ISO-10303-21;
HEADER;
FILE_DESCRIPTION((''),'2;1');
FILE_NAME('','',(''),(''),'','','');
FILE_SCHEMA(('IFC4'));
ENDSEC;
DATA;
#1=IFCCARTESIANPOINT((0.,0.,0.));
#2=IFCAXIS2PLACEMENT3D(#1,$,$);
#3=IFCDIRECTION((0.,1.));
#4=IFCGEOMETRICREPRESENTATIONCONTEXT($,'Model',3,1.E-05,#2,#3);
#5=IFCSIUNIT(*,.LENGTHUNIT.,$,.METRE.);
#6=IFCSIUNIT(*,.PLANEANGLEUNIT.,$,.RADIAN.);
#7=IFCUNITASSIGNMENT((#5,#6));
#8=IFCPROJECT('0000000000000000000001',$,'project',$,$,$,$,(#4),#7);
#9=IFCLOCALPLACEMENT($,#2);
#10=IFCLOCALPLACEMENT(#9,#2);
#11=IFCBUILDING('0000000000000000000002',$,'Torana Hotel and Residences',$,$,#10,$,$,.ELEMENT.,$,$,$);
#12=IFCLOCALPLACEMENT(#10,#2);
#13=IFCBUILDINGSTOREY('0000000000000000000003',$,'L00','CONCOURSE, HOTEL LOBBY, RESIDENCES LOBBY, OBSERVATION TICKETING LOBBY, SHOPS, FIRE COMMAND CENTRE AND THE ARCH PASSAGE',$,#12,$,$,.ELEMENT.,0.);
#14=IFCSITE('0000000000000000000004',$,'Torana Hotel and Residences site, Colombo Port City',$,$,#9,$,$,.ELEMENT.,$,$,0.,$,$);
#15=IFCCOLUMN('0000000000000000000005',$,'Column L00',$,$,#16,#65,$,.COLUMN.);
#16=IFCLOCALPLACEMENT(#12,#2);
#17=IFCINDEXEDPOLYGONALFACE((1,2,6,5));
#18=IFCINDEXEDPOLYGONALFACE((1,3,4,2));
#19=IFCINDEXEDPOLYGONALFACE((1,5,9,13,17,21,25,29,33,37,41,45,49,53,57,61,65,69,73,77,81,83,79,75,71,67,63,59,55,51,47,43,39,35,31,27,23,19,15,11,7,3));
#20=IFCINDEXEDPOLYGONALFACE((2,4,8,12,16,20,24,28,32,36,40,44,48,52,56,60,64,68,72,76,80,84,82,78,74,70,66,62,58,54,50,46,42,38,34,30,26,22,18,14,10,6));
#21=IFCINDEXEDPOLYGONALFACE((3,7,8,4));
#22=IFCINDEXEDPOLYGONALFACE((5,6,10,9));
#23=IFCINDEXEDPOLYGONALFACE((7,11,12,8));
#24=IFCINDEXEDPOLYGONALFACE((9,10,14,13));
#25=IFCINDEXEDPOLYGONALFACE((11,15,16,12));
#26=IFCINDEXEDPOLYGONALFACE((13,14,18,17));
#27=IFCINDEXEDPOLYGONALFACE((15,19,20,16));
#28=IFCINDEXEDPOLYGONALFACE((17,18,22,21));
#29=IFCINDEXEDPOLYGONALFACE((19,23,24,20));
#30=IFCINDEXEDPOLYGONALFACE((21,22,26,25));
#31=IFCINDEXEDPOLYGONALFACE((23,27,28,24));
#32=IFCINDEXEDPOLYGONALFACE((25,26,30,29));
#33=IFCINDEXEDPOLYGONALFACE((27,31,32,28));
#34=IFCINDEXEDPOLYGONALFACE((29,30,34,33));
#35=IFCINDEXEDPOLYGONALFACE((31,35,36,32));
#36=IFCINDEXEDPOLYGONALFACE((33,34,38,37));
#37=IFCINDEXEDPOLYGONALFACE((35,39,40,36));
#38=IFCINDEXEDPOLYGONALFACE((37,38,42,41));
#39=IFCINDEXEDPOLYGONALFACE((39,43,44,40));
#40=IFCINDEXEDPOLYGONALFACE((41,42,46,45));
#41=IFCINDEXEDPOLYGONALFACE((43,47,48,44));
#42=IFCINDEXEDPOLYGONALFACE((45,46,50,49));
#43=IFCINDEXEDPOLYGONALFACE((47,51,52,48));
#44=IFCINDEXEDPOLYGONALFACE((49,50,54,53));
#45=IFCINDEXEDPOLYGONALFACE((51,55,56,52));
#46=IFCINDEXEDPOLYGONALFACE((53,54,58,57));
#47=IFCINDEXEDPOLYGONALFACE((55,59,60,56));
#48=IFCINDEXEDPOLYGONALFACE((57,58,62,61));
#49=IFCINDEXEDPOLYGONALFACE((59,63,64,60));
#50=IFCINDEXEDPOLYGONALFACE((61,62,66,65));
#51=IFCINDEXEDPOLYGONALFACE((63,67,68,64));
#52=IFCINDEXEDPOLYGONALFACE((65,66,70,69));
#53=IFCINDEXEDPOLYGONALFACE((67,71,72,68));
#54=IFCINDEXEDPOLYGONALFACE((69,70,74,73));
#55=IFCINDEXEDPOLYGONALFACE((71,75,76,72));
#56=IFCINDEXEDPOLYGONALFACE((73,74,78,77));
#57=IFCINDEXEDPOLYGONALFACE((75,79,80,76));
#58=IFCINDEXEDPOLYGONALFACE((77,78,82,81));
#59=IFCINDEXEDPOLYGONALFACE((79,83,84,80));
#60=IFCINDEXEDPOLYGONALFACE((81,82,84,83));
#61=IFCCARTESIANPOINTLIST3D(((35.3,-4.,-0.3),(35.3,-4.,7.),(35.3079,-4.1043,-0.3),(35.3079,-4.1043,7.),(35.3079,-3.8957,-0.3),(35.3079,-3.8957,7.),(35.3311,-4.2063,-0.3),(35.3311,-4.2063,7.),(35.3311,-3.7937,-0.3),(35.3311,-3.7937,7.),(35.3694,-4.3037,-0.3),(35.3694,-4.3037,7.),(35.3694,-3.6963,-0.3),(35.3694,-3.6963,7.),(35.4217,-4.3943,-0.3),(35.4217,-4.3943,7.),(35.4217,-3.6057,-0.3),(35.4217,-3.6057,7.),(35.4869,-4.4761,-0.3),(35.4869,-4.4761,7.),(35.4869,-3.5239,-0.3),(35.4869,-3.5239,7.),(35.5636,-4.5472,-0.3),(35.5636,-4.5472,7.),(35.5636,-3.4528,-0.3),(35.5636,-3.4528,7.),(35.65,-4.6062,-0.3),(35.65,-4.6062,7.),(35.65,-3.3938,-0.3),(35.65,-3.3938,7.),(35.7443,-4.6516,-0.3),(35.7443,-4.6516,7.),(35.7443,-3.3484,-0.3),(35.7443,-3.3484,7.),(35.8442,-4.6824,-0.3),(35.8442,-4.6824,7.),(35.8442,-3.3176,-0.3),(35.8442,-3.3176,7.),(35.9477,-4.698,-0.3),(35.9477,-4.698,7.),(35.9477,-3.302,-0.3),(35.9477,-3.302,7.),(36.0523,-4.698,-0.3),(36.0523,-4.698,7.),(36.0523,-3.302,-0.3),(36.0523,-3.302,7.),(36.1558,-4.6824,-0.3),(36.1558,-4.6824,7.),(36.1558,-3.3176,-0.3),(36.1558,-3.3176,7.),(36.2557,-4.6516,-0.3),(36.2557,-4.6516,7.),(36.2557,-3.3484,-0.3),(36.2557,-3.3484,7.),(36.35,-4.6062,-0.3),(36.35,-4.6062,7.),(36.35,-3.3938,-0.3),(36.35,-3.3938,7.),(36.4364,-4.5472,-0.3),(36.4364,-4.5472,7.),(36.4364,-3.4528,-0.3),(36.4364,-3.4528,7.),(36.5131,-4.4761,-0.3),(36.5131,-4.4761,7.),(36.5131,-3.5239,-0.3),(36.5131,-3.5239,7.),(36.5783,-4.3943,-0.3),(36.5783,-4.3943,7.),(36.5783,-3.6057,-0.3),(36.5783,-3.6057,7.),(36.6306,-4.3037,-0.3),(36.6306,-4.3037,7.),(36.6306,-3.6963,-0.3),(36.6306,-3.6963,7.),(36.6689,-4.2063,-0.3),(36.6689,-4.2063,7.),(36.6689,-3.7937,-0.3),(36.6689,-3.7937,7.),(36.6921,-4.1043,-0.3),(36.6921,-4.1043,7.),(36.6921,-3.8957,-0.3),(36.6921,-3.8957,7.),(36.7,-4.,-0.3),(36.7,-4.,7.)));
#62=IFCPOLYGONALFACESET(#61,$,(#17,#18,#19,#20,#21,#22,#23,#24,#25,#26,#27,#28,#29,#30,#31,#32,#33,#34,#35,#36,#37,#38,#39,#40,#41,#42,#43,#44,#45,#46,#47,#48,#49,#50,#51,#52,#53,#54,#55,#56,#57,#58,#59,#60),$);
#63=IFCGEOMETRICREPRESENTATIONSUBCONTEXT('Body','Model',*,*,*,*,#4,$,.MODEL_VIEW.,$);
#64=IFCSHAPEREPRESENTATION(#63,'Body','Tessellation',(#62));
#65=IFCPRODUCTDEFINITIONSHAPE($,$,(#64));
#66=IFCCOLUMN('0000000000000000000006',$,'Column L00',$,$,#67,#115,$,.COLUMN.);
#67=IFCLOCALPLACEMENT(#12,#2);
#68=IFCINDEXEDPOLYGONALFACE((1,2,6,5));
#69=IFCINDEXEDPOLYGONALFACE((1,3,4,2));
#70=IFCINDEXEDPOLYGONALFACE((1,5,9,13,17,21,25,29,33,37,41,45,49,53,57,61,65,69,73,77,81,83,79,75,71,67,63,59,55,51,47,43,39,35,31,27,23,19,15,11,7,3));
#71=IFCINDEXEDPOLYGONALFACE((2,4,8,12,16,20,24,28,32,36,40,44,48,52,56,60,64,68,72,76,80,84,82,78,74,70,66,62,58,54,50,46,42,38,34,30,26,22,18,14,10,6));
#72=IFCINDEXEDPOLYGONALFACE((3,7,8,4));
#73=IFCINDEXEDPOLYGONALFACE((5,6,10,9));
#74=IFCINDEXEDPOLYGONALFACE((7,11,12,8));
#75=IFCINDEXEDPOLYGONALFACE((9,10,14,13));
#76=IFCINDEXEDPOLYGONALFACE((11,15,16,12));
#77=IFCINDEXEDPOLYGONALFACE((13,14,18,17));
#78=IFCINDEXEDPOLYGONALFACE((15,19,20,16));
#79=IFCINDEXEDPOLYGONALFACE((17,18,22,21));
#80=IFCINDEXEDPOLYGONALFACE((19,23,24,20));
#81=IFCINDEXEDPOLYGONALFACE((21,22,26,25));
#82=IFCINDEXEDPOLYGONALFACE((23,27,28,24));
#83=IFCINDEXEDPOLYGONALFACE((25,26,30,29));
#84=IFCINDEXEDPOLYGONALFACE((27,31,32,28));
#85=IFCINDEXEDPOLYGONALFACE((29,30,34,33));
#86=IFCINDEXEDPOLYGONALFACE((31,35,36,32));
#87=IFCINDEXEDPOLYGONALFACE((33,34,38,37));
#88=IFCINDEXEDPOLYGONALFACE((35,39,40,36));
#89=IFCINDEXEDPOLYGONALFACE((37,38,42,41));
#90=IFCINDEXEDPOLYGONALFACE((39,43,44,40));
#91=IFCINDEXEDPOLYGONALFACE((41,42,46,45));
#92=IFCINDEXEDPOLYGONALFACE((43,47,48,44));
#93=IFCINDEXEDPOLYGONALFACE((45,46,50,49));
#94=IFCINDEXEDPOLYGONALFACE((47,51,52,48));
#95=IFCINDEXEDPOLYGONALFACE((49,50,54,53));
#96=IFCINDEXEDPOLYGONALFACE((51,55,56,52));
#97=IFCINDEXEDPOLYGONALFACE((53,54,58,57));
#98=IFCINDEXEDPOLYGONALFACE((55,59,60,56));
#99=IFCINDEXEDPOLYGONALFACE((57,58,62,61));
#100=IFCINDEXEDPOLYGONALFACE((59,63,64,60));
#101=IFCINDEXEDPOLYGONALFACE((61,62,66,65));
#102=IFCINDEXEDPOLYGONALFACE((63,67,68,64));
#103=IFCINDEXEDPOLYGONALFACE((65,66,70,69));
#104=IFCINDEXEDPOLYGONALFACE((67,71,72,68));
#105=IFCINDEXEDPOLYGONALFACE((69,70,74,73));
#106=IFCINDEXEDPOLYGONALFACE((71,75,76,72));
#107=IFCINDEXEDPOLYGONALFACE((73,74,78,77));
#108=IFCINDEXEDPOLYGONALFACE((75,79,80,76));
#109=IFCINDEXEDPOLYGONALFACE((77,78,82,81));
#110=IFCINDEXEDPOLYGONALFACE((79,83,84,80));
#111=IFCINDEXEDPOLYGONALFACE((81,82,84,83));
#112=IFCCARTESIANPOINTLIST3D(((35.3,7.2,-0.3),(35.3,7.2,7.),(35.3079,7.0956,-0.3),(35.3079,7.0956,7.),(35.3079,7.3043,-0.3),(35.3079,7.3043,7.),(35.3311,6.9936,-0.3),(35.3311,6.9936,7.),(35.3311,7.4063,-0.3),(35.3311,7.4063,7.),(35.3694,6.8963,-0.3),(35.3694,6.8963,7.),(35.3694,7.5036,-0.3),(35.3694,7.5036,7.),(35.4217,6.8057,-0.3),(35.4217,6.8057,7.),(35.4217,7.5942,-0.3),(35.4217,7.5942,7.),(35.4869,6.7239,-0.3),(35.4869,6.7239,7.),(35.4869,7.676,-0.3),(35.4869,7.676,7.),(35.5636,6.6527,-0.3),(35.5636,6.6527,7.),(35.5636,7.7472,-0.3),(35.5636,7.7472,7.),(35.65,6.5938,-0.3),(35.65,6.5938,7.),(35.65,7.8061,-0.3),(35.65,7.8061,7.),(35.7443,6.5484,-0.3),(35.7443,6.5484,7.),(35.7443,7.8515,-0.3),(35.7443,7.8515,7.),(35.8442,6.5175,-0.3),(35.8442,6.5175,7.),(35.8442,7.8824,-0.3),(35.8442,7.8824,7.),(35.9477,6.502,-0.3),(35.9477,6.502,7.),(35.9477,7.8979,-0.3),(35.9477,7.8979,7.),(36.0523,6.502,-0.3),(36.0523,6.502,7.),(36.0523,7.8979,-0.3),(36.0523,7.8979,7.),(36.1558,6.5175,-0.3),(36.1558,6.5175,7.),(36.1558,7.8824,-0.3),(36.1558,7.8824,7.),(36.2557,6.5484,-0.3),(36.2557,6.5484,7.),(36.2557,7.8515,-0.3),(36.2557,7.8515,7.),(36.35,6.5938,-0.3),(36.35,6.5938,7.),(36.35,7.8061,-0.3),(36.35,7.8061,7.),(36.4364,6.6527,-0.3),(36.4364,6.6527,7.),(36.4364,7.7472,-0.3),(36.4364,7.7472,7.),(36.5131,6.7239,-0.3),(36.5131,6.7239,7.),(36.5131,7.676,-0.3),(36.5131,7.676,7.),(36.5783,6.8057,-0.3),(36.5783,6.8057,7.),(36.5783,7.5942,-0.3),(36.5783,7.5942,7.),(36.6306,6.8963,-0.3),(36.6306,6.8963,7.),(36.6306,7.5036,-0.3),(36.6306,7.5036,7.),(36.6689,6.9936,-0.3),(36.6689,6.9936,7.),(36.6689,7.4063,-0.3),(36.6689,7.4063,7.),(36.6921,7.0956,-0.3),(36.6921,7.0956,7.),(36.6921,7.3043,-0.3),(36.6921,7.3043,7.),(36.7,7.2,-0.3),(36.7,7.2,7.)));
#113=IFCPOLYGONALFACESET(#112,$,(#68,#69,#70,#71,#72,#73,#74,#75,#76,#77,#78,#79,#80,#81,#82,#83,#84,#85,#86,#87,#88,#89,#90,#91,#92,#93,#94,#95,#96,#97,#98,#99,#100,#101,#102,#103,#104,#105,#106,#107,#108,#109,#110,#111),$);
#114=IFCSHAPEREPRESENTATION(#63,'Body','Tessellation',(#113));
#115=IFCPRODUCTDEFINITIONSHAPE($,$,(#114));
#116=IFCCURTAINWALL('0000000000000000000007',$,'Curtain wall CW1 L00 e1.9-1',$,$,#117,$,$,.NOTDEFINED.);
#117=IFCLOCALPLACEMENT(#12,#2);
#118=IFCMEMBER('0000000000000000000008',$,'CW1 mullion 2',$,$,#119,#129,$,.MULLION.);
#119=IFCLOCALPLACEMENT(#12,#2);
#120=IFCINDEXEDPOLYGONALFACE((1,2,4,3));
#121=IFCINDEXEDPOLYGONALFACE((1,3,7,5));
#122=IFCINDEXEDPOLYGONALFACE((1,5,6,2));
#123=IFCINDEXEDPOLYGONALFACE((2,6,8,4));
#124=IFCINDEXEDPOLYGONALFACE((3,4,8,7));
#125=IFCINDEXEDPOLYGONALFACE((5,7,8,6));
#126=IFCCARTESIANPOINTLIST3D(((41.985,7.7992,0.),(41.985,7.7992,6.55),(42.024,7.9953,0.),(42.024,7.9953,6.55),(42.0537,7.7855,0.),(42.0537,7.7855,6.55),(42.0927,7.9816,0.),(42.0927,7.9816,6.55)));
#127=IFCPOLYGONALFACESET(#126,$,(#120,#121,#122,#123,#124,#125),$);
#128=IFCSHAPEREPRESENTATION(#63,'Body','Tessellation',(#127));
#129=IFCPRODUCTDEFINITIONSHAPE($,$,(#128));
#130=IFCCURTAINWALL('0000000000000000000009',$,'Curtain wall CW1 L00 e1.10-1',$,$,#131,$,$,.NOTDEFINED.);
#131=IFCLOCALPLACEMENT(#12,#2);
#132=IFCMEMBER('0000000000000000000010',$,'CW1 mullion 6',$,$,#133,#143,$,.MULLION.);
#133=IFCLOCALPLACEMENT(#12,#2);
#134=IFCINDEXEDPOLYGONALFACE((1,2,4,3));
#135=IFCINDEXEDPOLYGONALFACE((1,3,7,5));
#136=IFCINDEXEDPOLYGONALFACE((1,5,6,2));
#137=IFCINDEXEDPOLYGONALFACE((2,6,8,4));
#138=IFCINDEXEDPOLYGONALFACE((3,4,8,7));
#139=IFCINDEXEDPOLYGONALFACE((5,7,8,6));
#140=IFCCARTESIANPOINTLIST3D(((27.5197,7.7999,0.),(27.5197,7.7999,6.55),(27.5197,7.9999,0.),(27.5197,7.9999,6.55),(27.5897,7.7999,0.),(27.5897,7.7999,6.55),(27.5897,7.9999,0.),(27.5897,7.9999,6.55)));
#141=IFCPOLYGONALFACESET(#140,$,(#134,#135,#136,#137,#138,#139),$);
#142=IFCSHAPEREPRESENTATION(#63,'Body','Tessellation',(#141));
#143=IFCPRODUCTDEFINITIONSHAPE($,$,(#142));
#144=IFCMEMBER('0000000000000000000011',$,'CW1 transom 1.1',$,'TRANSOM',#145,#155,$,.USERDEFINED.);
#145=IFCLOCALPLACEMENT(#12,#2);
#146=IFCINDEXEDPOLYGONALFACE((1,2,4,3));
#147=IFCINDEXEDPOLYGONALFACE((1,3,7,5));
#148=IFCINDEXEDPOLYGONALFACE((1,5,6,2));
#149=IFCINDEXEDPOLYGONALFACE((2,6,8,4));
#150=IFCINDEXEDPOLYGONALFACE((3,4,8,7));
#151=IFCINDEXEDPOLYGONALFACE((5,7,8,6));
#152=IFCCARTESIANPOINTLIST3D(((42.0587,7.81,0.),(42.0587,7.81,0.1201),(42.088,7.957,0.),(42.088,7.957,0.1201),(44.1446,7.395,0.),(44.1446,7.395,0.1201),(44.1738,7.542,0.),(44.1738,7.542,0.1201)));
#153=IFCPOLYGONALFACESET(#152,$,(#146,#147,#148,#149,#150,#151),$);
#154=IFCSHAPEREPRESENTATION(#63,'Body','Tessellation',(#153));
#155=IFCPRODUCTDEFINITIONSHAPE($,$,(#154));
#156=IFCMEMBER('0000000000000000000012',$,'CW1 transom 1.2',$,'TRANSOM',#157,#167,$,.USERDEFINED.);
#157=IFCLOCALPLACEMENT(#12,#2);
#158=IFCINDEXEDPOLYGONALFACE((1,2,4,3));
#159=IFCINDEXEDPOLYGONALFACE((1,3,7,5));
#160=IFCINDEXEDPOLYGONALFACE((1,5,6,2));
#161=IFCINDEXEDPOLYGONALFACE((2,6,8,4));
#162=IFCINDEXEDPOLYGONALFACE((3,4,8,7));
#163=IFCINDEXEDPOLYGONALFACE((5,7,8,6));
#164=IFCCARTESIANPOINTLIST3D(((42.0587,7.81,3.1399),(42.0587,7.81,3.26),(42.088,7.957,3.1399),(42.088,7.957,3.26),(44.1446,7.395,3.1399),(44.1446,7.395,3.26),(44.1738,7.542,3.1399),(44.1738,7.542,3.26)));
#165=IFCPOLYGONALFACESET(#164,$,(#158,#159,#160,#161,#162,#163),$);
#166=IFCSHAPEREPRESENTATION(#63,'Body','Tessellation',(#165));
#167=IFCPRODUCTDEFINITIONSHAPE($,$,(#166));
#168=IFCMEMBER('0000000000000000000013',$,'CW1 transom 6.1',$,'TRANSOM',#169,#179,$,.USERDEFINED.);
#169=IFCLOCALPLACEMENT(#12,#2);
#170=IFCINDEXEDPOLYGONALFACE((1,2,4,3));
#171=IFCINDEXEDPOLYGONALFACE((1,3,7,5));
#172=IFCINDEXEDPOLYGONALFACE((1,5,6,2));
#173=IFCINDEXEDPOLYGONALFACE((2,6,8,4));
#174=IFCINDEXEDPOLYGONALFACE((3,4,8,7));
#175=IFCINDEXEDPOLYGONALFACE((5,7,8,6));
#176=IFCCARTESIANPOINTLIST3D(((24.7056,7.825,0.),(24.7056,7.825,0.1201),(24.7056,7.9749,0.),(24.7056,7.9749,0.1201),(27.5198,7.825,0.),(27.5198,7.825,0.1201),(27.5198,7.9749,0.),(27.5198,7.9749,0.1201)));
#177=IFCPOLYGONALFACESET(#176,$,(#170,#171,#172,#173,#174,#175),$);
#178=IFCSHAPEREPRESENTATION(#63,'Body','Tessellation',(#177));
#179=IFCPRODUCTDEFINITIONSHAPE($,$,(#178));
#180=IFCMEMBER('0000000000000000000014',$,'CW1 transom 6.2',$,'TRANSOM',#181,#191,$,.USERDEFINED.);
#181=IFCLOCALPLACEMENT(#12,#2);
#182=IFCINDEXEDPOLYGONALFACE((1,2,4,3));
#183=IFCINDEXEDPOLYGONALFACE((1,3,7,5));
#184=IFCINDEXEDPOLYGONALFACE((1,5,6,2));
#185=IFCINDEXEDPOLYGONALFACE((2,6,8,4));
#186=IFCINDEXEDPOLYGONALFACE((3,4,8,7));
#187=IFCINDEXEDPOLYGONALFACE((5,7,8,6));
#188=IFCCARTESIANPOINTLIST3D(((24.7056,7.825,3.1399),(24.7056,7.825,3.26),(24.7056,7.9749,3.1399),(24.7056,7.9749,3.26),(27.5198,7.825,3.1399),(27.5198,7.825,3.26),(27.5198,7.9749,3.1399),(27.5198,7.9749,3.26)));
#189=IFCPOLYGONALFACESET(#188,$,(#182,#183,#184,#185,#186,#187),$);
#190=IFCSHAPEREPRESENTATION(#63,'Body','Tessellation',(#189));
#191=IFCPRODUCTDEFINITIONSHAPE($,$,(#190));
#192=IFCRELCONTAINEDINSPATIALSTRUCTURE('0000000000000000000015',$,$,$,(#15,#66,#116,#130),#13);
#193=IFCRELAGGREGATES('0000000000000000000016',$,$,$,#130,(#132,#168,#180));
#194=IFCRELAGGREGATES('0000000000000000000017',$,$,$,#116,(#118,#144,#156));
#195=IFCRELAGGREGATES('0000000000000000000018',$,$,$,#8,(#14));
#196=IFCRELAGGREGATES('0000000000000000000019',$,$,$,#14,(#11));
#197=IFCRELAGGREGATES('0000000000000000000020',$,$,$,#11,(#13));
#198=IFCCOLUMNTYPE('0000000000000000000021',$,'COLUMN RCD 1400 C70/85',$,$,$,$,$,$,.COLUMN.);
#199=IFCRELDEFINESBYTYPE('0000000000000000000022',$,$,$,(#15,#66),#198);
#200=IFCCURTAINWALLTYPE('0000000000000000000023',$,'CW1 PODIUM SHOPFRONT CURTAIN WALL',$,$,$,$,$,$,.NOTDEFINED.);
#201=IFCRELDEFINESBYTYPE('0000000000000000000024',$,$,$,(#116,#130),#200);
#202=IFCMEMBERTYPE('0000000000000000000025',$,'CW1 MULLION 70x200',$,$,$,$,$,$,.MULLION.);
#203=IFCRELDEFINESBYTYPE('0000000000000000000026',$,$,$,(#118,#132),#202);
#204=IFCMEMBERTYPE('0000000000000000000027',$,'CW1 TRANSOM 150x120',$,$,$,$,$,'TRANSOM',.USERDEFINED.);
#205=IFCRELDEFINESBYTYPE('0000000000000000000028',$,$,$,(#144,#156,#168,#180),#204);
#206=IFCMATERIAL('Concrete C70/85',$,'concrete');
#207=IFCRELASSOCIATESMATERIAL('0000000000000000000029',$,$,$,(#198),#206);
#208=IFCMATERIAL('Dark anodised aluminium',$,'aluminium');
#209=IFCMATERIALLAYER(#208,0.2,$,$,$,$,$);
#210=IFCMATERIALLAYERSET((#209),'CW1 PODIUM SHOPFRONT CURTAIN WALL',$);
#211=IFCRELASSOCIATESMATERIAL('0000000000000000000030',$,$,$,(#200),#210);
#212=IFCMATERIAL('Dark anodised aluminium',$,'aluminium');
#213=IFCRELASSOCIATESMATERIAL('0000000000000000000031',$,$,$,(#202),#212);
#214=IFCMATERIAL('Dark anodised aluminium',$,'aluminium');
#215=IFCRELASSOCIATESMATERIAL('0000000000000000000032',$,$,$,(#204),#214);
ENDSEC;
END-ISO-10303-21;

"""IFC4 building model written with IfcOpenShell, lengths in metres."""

from ifc_helpers import new_model, si_unit, direction, frame, origin, origin_2d, place, context, subcontext, project, spatial, rectangle, circle, extrude, material, layer, layer_set, material_profile, profile_set, type_object, element, aggregate, save


model = new_model("IFC4")

# Units and contexts
model_context = context("Model", 3, precision=1e-05, world=origin(), true_north=direction((0.0, 1.0)))
body_context = subcontext(model_context, "Body", "Model", "MODEL_VIEW")
ifc_project = project(units=[si_unit("LENGTHUNIT", "METRE"), si_unit("PLANEANGLEUNIT", "RADIAN")], contexts=[model_context])

# Site, building, storey
site_placement = place(None, origin())
site = spatial("IfcSite", under=ifc_project, at=site_placement, Name="Torana Hotel and Residences site, Colombo Port City", CompositionType="ELEMENT", RefElevation=0.0)
building_placement = place(site_placement, origin())
building = spatial("IfcBuilding", under=site, at=building_placement, Name="Torana Hotel and Residences", CompositionType="ELEMENT")
storey_placement = place(building_placement, origin())
storey = spatial("IfcBuildingStorey", under=building, at=storey_placement, Name="L00", Description="CONCOURSE, HOTEL LOBBY, RESIDENCES LOBBY, OBSERVATION TICKETING LOBBY, SHOPS, FIRE COMMAND CENTRE AND THE ARCH PASSAGE", CompositionType="ELEMENT", Elevation=0.0)

# Columns
ifc_material_1 = material(Name="Concrete C70/85", Category="concrete")
ifc_material_profile_1 = material_profile(ifc_material_1, circle(Radius=0.7, at=origin_2d()), Name="RCD 1400")
ifc_profile_set_1 = profile_set([ifc_material_profile_1], Name="Concrete C70/85")
column_type = type_object("IfcColumnType", Name="COLUMN RCD 1400 C70/85", PredefinedType="COLUMN", material=ifc_profile_set_1)
for number, where, z_axis, x_axis, name in (
    (1, (36.0, -4.0, -0.3), (0.0, 0.0, 1.0), (1.0, 0.0, 0.0), "Column L00"),
    (2, (36.0, 7.2, -0.3), (0.0, 0.0, 1.0), (1.0, 0.0, 0.0), "Column L00"),
):
    element("IfcColumn", number, at=place(storey_placement, frame(where, z_axis=z_axis, x_axis=x_axis)), inside=storey, type_object=column_type, Name=name, PredefinedType="COLUMN", context=body_context, shape_type="SweptSolid", body=[
        extrude(circle(Radius=0.7, at=origin_2d()), origin(), (0.0, 0.0, 1.0), 7.3),
    ])

# Curtain walls, members
ifc_material_2 = material(Name="Dark anodised aluminium", Category="aluminium")
ifc_layer_1 = layer(ifc_material_2, 0.2)
ifc_layer_set_1 = layer_set([ifc_layer_1], Name="CW1 PODIUM SHOPFRONT CURTAIN WALL")
curtain_wall_type = type_object("IfcCurtainWallType", Name="CW1 PODIUM SHOPFRONT CURTAIN WALL", PredefinedType="NOTDEFINED", material=ifc_layer_set_1)
curtain_wall_1_placement = place(storey_placement, origin())
curtain_wall_1 = element("IfcCurtainWall", 3, at=curtain_wall_1_placement, inside=storey, type_object=curtain_wall_type, Name="Curtain wall CW1 L00 e1.9-1", PredefinedType="NOTDEFINED")
ifc_material_3 = material(Name="Dark anodised aluminium", Category="aluminium")
ifc_material_profile_2 = material_profile(ifc_material_3, rectangle(XDim=0.2, YDim=0.0701, at=origin_2d()), Name="CW1 MULLION 70x200")
ifc_profile_set_2 = profile_set([ifc_material_profile_2], Name="Dark anodised aluminium")
member_type_1 = type_object("IfcMemberType", Name="CW1 MULLION 70x200", PredefinedType="MULLION", material=ifc_profile_set_2)
member_1_placement = place(storey_placement, frame((42.0388, 7.8904, 0.0), z_axis=(0.0, 0.0, 1.0), x_axis=(-0.195081, -0.980787, 0.0)))
member_1 = element("IfcMember", 4, at=member_1_placement, type_object=member_type_1, Name="CW1 mullion 2", PredefinedType="MULLION", context=body_context, shape_type="SweptSolid", body=[
    extrude(rectangle(XDim=0.2, YDim=0.0701, at=origin_2d()), origin(), (0.0, 0.0, 1.0), 6.55),
])
curtain_wall_2_placement = place(storey_placement, origin())
curtain_wall_2 = element("IfcCurtainWall", 5, at=curtain_wall_2_placement, inside=storey, type_object=curtain_wall_type, Name="Curtain wall CW1 L00 e1.10-1", PredefinedType="NOTDEFINED")
member_2_placement = place(storey_placement, frame((27.5547, 7.8999, 0.0), z_axis=(0.0, 0.0, 1.0), x_axis=(0.0, -1.0, 0.0)))
member_2 = element("IfcMember", 6, at=member_2_placement, type_object=member_type_1, Name="CW1 mullion 6", PredefinedType="MULLION", context=body_context, shape_type="SweptSolid", body=[
    extrude(rectangle(XDim=0.2, YDim=0.0701, at=origin_2d()), origin(), (0.0, 0.0, 1.0), 6.55),
])

# Members
ifc_material_4 = material(Name="Dark anodised aluminium", Category="aluminium")
ifc_material_profile_3 = material_profile(ifc_material_4, rectangle(XDim=0.1499, YDim=0.1201, at=origin_2d()), Name="CW1 TRANSOM 150x120")
ifc_profile_set_3 = profile_set([ifc_material_profile_3], Name="Dark anodised aluminium")
member_type_2 = type_object("IfcMemberType", Name="CW1 TRANSOM 150x120", ElementType="TRANSOM", PredefinedType="USERDEFINED", material=ifc_profile_set_3)
member_3_placement = place(storey_placement, frame((44.1592, 7.4685, 0.0601), z_axis=(-0.980774, 0.195145, 0.0), x_axis=(-0.195145, -0.980774, 0.0)))
member_3 = element("IfcMember", 7, at=member_3_placement, type_object=member_type_2, Name="CW1 transom 1.1", ObjectType="TRANSOM", PredefinedType="USERDEFINED", context=body_context, shape_type="SweptSolid", body=[
    extrude(rectangle(XDim=0.1499, YDim=0.1201, at=origin_2d()), origin(), (0.0, 0.0, 1.0), 2.1267),
])
member_4_placement = place(storey_placement, frame((44.1592, 7.4685, 3.2), z_axis=(-0.980774, 0.195145, 0.0), x_axis=(-0.195145, -0.980774, 0.0)))
member_4 = element("IfcMember", 8, at=member_4_placement, type_object=member_type_2, Name="CW1 transom 1.2", ObjectType="TRANSOM", PredefinedType="USERDEFINED", context=body_context, shape_type="SweptSolid", body=[
    extrude(rectangle(XDim=0.1499, YDim=0.1201, at=origin_2d()), origin(), (0.0, 0.0, 1.0), 2.1267),
])
member_5_placement = place(storey_placement, frame((27.5198, 7.8999, 0.0601), z_axis=(-1.0, 0.0, 0.0), x_axis=(0.0, -1.0, 0.0)))
member_5 = element("IfcMember", 9, at=member_5_placement, type_object=member_type_2, Name="CW1 transom 6.1", ObjectType="TRANSOM", PredefinedType="USERDEFINED", context=body_context, shape_type="SweptSolid", body=[
    extrude(rectangle(XDim=0.1499, YDim=0.1201, at=origin_2d()), origin(), (0.0, 0.0, 1.0), 2.8142),
])
member_6_placement = place(storey_placement, frame((27.5198, 7.8999, 3.2), z_axis=(-1.0, 0.0, 0.0), x_axis=(0.0, -1.0, 0.0)))
member_6 = element("IfcMember", 10, at=member_6_placement, type_object=member_type_2, Name="CW1 transom 6.2", ObjectType="TRANSOM", PredefinedType="USERDEFINED", context=body_context, shape_type="SweptSolid", body=[
    extrude(rectangle(XDim=0.1499, YDim=0.1201, at=origin_2d()), origin(), (0.0, 0.0, 1.0), 2.8142),
])
aggregate(curtain_wall_2, [member_2, member_5, member_6])

aggregate(curtain_wall_1, [member_1, member_3, member_4])

save(model, "model.ifc")
